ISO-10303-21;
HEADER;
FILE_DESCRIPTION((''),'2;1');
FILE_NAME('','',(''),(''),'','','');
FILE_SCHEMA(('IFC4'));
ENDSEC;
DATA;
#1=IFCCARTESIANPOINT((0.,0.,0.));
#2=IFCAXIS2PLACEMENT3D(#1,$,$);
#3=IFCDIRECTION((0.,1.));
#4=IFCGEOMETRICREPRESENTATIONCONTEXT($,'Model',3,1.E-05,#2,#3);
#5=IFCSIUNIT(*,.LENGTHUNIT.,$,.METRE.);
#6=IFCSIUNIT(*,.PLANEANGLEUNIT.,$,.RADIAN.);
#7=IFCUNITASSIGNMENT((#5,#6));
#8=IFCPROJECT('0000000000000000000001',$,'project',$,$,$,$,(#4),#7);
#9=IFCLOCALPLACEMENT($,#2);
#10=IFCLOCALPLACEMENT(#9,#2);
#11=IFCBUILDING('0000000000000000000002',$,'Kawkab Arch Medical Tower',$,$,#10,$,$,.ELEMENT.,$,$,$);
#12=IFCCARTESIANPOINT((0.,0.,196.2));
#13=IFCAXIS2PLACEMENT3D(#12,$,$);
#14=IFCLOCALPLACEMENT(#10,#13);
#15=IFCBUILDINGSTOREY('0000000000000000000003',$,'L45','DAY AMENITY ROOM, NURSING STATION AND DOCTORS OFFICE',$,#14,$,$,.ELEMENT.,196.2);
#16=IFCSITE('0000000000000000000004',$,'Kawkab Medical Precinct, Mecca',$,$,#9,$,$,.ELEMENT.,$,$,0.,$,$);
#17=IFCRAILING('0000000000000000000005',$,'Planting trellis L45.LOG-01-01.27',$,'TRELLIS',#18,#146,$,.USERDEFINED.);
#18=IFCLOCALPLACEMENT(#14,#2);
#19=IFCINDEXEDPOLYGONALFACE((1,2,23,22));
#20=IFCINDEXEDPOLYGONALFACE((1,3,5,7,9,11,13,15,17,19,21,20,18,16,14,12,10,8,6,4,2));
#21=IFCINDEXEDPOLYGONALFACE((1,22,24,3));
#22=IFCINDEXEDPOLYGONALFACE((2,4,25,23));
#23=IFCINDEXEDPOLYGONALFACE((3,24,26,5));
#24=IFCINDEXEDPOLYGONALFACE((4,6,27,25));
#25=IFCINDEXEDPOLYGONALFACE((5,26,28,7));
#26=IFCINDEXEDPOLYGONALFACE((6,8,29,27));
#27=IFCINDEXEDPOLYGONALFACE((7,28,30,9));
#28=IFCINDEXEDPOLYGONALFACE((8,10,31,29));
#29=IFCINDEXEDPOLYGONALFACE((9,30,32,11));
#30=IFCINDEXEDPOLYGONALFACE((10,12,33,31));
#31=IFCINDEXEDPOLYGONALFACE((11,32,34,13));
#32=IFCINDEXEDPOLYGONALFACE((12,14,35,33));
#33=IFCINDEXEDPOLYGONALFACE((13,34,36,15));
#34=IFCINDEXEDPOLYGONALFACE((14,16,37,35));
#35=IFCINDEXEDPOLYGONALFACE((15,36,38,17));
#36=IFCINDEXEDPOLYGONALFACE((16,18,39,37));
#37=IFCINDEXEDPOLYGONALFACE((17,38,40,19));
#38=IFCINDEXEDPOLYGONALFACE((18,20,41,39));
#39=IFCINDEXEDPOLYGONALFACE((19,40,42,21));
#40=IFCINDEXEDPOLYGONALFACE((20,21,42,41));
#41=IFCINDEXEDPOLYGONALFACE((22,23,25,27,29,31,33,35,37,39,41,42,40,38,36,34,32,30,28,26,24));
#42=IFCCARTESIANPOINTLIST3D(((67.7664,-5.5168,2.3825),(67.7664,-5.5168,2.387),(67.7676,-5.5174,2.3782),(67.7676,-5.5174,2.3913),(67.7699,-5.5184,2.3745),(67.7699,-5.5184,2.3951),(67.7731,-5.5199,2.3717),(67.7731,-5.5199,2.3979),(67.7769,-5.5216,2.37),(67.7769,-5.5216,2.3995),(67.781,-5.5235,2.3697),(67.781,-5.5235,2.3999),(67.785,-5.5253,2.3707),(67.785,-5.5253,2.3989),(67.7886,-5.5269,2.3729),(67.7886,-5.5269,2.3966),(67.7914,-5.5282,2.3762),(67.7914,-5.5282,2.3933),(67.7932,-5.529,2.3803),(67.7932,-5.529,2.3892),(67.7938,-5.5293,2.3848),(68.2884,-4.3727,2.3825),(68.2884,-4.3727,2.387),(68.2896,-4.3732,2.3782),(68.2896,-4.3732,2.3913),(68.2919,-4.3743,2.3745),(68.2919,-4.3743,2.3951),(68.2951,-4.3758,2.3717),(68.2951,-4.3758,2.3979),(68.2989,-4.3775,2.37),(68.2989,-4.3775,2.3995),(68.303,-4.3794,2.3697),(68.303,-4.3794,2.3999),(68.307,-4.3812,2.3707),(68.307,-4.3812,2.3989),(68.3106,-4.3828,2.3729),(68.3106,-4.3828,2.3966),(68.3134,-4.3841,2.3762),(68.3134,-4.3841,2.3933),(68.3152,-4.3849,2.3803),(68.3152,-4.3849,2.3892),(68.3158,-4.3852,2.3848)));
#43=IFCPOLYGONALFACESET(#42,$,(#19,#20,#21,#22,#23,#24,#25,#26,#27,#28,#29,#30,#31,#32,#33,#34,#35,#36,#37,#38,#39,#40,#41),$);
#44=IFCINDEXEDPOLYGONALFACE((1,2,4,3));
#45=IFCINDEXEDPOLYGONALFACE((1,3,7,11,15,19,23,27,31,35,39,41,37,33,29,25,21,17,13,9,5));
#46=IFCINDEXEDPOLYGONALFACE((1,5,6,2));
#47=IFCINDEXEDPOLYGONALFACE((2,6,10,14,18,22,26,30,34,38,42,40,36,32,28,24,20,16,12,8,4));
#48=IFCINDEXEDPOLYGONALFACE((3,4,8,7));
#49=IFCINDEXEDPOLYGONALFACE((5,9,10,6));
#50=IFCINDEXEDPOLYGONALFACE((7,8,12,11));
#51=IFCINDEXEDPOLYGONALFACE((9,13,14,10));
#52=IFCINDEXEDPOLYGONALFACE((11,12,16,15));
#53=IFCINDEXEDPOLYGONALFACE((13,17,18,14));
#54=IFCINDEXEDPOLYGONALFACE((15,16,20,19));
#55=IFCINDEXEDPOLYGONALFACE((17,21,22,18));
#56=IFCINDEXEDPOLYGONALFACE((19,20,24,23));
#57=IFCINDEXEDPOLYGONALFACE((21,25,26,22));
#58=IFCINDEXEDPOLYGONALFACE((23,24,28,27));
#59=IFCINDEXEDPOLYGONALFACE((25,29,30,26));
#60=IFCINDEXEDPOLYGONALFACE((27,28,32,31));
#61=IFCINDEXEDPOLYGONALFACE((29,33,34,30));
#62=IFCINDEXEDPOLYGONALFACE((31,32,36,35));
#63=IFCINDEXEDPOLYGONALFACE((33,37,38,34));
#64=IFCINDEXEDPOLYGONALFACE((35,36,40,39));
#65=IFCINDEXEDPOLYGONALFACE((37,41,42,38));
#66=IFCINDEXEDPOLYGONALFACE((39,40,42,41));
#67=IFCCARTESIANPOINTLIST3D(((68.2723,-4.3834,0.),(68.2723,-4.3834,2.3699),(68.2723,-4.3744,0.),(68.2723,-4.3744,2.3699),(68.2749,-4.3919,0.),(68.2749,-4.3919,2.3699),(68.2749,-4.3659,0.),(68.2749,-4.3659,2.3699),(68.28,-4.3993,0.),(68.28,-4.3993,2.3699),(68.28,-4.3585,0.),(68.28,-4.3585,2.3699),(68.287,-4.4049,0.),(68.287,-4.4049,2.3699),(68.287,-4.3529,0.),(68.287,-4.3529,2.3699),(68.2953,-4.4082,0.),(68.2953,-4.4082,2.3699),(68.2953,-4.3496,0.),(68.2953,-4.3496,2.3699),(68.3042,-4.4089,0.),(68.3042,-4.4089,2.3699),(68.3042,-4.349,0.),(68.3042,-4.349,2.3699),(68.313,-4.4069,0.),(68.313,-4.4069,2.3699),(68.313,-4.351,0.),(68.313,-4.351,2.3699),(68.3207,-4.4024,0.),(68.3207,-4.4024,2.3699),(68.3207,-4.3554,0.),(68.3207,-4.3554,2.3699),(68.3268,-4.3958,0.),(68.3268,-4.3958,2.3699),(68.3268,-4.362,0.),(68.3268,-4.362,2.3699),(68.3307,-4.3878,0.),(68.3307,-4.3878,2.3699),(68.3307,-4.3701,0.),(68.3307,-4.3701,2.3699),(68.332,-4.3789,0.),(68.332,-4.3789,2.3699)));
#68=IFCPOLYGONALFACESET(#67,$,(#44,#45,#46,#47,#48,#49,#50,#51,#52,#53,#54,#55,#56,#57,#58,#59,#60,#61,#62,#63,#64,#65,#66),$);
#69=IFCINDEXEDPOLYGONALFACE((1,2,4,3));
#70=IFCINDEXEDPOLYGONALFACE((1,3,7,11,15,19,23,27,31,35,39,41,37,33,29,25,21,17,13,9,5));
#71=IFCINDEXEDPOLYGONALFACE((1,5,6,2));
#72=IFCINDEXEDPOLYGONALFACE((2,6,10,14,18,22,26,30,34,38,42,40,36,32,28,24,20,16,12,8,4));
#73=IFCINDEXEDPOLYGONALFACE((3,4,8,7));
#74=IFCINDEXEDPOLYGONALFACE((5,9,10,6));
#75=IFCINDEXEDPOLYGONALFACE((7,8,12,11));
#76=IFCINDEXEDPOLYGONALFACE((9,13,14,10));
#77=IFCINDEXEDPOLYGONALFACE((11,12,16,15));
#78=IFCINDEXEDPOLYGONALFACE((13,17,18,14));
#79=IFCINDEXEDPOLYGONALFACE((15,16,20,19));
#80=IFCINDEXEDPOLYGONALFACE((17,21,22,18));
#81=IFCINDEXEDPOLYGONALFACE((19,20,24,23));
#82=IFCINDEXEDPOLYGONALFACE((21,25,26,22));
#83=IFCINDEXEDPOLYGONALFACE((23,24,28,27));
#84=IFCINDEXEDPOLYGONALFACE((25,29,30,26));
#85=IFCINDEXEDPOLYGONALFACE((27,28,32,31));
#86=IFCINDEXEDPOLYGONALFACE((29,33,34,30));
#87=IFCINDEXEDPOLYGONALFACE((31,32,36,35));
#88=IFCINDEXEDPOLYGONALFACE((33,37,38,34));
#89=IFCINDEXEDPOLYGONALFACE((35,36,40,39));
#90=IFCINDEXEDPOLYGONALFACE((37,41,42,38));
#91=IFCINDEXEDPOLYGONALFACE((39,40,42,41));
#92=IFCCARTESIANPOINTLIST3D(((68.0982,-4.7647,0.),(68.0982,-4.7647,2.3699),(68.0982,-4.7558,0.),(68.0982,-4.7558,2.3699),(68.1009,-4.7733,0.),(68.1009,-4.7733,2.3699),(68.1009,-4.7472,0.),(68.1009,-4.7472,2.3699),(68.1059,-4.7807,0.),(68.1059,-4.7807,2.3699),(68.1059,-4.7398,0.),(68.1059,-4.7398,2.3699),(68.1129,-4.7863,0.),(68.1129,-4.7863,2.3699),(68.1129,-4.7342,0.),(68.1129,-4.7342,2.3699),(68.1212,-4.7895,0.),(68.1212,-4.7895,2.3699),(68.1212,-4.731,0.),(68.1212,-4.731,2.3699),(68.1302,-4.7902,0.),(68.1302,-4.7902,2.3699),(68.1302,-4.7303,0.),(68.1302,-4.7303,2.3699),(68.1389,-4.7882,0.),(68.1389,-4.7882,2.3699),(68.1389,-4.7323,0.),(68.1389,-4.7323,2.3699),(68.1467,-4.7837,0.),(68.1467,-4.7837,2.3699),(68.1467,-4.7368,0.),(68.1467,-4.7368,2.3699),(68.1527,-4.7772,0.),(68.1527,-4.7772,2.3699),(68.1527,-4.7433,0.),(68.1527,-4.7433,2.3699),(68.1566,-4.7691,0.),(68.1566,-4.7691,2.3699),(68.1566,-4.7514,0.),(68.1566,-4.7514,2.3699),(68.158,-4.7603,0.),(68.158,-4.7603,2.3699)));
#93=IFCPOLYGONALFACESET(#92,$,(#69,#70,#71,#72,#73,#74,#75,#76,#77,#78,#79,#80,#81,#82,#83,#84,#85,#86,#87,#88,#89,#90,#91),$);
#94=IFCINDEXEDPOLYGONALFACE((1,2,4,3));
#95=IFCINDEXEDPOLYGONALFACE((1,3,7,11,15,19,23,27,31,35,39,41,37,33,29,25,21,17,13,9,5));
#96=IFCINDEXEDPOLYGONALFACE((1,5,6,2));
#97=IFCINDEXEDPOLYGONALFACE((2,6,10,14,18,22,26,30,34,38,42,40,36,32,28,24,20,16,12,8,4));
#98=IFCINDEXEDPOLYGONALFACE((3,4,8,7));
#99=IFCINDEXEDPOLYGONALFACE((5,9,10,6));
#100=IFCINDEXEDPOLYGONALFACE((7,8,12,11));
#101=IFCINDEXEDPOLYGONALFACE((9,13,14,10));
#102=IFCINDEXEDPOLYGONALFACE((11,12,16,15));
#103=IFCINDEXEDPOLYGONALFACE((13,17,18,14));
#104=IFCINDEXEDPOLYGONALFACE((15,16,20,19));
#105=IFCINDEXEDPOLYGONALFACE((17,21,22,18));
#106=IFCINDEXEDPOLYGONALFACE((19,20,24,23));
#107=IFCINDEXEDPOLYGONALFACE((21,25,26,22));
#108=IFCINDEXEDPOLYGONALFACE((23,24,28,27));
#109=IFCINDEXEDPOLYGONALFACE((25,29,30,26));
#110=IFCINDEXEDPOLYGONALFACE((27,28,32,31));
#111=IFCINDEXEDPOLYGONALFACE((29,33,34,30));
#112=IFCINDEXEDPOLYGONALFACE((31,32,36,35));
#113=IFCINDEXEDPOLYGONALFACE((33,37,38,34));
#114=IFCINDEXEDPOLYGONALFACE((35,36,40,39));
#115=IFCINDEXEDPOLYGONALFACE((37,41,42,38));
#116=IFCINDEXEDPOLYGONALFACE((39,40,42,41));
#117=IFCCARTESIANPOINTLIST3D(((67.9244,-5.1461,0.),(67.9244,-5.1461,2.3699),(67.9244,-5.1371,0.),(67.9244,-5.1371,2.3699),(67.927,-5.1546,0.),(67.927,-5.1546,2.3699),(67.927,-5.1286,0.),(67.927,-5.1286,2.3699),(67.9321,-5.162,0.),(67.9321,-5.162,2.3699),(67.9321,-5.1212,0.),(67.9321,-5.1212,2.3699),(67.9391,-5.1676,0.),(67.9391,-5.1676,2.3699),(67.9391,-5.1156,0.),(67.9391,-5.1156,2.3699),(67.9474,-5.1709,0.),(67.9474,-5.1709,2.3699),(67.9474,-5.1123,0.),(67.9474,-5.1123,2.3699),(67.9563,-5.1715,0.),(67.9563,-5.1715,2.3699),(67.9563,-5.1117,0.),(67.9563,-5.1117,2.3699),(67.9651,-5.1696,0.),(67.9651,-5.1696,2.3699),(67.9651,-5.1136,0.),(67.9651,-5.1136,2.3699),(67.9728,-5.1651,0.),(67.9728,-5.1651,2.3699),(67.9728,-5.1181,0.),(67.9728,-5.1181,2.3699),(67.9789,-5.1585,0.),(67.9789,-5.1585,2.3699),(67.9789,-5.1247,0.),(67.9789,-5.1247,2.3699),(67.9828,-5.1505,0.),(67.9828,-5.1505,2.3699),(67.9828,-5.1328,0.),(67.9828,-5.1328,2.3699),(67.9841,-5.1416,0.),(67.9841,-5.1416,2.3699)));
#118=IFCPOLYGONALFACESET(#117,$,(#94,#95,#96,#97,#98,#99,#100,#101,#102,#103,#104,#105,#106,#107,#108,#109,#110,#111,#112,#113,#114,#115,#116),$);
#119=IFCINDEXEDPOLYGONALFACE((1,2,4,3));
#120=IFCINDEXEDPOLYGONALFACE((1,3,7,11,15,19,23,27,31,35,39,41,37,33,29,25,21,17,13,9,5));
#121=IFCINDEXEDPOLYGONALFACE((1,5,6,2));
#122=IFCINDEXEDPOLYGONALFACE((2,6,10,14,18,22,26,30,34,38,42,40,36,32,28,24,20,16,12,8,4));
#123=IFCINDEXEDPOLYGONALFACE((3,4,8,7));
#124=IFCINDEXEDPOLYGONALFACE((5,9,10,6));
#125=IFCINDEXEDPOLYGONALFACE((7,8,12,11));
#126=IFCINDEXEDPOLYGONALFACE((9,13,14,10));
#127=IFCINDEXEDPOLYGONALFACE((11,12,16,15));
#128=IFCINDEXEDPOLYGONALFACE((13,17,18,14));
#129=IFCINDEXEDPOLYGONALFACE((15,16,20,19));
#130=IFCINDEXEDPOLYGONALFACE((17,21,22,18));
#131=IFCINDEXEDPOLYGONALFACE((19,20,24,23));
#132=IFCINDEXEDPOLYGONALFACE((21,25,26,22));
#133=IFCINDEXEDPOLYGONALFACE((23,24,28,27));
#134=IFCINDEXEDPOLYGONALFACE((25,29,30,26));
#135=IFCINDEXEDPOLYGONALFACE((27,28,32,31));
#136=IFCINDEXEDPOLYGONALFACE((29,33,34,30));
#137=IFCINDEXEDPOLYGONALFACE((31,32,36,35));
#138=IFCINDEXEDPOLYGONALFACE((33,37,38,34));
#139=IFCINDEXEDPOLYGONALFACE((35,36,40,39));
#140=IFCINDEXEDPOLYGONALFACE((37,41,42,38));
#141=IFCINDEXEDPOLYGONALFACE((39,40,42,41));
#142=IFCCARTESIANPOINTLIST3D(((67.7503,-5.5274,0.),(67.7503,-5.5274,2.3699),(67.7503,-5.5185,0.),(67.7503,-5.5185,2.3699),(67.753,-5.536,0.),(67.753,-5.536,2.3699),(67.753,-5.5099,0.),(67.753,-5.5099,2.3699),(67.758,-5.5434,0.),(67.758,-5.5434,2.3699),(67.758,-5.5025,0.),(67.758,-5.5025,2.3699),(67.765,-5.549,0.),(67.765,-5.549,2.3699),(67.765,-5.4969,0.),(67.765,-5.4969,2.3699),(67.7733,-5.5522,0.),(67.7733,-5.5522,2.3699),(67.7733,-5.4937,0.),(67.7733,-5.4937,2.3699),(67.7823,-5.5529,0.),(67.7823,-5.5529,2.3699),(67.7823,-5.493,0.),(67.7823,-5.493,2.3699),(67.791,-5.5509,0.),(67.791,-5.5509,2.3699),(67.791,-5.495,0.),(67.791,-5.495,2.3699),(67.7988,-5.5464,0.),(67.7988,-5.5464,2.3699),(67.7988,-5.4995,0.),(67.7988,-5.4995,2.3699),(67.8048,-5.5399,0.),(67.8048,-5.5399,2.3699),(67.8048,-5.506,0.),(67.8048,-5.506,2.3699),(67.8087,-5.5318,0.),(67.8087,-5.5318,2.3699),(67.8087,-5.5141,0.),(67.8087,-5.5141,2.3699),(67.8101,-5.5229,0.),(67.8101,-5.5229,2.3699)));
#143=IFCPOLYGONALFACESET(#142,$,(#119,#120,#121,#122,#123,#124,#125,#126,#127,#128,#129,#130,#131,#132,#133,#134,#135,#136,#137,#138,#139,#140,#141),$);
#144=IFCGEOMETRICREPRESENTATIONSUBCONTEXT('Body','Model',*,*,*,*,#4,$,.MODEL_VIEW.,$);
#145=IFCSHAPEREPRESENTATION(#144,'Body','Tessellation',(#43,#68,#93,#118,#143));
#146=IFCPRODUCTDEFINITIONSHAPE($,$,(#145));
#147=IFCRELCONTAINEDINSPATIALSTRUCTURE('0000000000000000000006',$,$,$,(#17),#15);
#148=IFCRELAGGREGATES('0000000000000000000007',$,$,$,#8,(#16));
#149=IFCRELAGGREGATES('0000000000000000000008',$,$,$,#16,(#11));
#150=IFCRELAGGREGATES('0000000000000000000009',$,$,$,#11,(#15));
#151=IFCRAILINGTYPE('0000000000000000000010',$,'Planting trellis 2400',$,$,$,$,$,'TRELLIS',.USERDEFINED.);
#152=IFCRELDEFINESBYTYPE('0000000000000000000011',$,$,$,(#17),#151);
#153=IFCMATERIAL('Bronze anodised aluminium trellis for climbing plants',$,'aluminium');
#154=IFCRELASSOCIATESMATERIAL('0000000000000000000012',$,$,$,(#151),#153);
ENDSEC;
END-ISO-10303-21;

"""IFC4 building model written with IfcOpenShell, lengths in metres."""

from ifc_helpers import new_model, si_unit, direction, frame, origin, origin_2d, place, context, subcontext, project, spatial, circle, extrude, material, type_object, element, save


model = new_model("IFC4")

# Units and contexts
model_context = context("Model", 3, precision=1e-05, world=origin(), true_north=direction((0.0, 1.0)))
body_context = subcontext(model_context, "Body", "Model", "MODEL_VIEW")
ifc_project = project(units=[si_unit("LENGTHUNIT", "METRE"), si_unit("PLANEANGLEUNIT", "RADIAN")], contexts=[model_context])

# Site, building, storey
site_placement = place(None, origin())
site = spatial("IfcSite", under=ifc_project, at=site_placement, Name="Kawkab Medical Precinct, Mecca", CompositionType="ELEMENT", RefElevation=0.0)
building_placement = place(site_placement, origin())
building = spatial("IfcBuilding", under=site, at=building_placement, Name="Kawkab Arch Medical Tower", CompositionType="ELEMENT")
storey_placement = place(building_placement, frame((0.0, 0.0, 196.2)))
storey = spatial("IfcBuildingStorey", under=building, at=storey_placement, Name="L45", Description="DAY AMENITY ROOM, NURSING STATION AND DOCTORS OFFICE", CompositionType="ELEMENT", Elevation=196.2)

# Railing
ifc_material_1 = material(Name="Bronze anodised aluminium trellis for climbing plants", Category="aluminium")
railing_type_1 = type_object("IfcRailingType", Name="Planting trellis 2400", ElementType="TRELLIS", PredefinedType="USERDEFINED", material=ifc_material_1)
railing_1_placement = place(storey_placement, frame((68.302, -4.3789, 0.0)))
element("IfcRailing", 1, at=railing_1_placement, inside=storey, type_object=railing_type_1, Name="Planting trellis L45.LOG-01-01.27", ObjectType="TRELLIS", PredefinedType="USERDEFINED", context=body_context, shape_type="SweptSolid", body=[
    extrude(circle(Radius=0.0151, at=origin_2d()), frame((0.0, 0.0, 2.3848), z_axis=(-0.41509, -0.90978, 0.0), x_axis=(0.90978, -0.41509, 0.0)), (0.0, 0.0, 1.0), 1.2576),
    extrude(circle(Radius=0.03, at=origin_2d()), origin(), (0.0, 0.0, 1.0), 2.3699),
    extrude(circle(Radius=0.03, at=origin_2d()), frame((-0.1741, -0.3813, 0.0)), (0.0, 0.0, 1.0), 2.3699),
    extrude(circle(Radius=0.03, at=origin_2d()), frame((-0.3479, -0.7627, 0.0)), (0.0, 0.0, 1.0), 2.3699),
    extrude(circle(Radius=0.03, at=origin_2d()), frame((-0.522, -1.144, 0.0)), (0.0, 0.0, 1.0), 2.3699),
])

save(model, "model.ifc")
